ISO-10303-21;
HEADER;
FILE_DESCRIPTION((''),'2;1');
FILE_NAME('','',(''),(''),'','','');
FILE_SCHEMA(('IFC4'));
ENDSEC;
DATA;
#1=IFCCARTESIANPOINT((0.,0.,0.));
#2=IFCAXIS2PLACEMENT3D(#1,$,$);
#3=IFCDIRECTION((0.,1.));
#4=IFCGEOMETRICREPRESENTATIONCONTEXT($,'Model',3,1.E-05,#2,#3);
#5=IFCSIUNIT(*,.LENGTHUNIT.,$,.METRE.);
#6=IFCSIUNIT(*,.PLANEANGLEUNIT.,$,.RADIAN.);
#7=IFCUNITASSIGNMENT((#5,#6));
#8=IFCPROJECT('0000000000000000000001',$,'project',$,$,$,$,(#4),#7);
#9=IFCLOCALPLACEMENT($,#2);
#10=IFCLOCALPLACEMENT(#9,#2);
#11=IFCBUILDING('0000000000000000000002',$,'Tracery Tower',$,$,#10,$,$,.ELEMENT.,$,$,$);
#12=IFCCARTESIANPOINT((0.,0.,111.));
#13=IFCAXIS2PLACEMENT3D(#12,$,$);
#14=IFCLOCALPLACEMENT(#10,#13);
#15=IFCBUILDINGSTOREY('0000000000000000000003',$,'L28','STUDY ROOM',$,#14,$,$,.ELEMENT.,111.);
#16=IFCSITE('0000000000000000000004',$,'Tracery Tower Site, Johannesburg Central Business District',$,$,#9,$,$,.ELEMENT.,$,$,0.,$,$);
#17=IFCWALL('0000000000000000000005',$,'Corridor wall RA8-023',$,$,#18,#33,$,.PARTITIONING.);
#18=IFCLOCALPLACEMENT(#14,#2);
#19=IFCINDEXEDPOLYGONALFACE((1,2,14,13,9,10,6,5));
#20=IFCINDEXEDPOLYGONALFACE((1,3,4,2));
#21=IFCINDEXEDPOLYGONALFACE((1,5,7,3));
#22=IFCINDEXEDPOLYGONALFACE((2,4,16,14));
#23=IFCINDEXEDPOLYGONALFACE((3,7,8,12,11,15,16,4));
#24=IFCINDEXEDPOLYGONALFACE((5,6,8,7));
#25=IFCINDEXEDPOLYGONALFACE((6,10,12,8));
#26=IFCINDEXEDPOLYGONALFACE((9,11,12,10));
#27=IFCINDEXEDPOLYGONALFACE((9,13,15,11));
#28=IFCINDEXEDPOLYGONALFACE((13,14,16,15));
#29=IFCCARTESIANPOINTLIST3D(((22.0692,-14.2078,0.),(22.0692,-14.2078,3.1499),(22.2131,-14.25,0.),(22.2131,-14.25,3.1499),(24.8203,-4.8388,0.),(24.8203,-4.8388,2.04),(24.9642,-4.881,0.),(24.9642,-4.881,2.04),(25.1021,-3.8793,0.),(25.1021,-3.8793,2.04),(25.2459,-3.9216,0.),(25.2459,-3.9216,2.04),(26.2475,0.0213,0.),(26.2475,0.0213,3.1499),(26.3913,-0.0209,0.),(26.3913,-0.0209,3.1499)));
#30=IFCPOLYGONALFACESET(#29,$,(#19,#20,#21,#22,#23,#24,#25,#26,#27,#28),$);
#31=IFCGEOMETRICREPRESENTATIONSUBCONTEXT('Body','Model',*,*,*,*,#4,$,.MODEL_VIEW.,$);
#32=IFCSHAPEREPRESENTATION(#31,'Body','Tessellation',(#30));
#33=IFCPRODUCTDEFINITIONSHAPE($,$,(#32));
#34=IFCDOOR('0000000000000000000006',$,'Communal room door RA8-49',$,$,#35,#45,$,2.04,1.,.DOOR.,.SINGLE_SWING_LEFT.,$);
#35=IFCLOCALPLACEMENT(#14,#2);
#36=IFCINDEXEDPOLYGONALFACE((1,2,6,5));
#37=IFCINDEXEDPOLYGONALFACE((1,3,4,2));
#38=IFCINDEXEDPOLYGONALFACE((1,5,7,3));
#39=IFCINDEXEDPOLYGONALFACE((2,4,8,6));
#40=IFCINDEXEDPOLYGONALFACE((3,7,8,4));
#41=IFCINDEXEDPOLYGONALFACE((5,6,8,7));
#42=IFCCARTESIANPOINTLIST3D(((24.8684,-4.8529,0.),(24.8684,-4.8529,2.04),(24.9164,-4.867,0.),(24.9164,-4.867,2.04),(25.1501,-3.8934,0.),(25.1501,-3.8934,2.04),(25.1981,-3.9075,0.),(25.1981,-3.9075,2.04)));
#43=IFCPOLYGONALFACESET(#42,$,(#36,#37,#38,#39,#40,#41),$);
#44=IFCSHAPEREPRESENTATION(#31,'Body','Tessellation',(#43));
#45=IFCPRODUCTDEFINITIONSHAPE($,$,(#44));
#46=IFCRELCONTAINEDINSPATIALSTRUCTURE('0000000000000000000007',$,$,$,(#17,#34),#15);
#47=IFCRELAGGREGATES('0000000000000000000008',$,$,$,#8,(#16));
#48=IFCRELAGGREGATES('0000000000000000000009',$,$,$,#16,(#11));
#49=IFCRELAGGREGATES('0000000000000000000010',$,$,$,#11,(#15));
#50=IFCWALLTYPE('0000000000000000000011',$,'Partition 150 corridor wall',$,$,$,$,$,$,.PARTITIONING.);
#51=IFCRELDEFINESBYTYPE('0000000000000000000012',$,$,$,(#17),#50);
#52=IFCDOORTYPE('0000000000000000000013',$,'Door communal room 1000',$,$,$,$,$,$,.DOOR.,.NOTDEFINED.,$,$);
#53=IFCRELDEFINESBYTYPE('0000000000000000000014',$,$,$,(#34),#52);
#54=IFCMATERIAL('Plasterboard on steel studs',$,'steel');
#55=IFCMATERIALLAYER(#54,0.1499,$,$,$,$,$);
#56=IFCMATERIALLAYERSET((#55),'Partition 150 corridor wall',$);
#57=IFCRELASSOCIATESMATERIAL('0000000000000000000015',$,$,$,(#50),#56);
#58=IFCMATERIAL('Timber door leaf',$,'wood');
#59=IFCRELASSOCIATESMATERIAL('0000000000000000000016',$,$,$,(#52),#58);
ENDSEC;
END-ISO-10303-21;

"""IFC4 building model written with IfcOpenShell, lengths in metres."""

from ifc_helpers import new_model, si_unit, direction, frame, frame_2d, origin, place, context, subcontext, project, spatial, rectangle, extrude, material, layer, layer_set, type_object, element, fill, save


model = new_model("IFC4")

# Units and contexts
model_context = context("Model", 3, precision=1e-05, world=origin(), true_north=direction((0.0, 1.0)))
body_context = subcontext(model_context, "Body", "Model", "MODEL_VIEW")
ifc_project = project(units=[si_unit("LENGTHUNIT", "METRE"), si_unit("PLANEANGLEUNIT", "RADIAN")], contexts=[model_context])

# Site, building, storey
site_placement = place(None, origin())
site = spatial("IfcSite", under=ifc_project, at=site_placement, Name="Tracery Tower Site, Johannesburg Central Business District", CompositionType="ELEMENT", RefElevation=0.0)
building_placement = place(site_placement, origin())
building = spatial("IfcBuilding", under=site, at=building_placement, Name="Tracery Tower", CompositionType="ELEMENT")
storey_placement = place(building_placement, frame((0.0, 0.0, 111.0)))
storey = spatial("IfcBuildingStorey", under=building, at=storey_placement, Name="L28", Description="STUDY ROOM", CompositionType="ELEMENT", Elevation=111.0)

# Shared definitions
ifc_material_1 = material(Name="Plasterboard on steel studs", Category="steel")
ifc_layer_1 = layer(ifc_material_1, 0.1499)
ifc_layer_set_1 = layer_set([ifc_layer_1], Name="Partition 150 corridor wall")
wall_type_1 = type_object("IfcWallType", Name="Partition 150 corridor wall", PredefinedType="PARTITIONING", material=ifc_layer_set_1)

# Wall, opening, door
wall_1_placement = place(storey_placement, frame((22.1411, -14.229, 0.0), z_axis=(0.0, 0.0, 1.0), x_axis=(0.281746, 0.959489, 0.0)))
wall_1 = element("IfcWall", 1, at=wall_1_placement, inside=storey, type_object=wall_type_1, Name="Corridor wall RA8-023", PredefinedType="PARTITIONING", context=body_context, shape_type="SweptSolid", body=[
    extrude(rectangle(XDim=14.8298, YDim=0.1499, at=frame_2d((7.415, 0.0))), origin(), (0.0, 0.0, 1.0), 3.1499),
])
opening_1_placement = place(wall_1_placement, frame((9.7646, 0.0, 0.0)))
opening_1 = element("IfcOpeningElement", 2, at=opening_1_placement, cuts=wall_1, PredefinedType="OPENING", context=body_context, shape_type="SweptSolid", body=[
    extrude(rectangle(XDim=1.0, YDim=2.04, at=frame_2d((0.5, 1.02))), frame((0.0, 0.075, 0.0), z_axis=(0.0, -1.0, 0.0), x_axis=(1.0, 0.0, 0.0)), (0.0, 0.0, 1.0), 0.1499),
])
ifc_material_2 = material(Name="Timber door leaf", Category="wood")
door_type = type_object("IfcDoorType", Name="Door communal room 1000", OperationType="NOTDEFINED", PredefinedType="DOOR", material=ifc_material_2)
door_placement = place(opening_1_placement, origin())
door = element("IfcDoor", 3, at=door_placement, inside=storey, type_object=door_type, Name="Communal room door RA8-49", OperationType="SINGLE_SWING_LEFT", OverallHeight=2.04, OverallWidth=1.0, PredefinedType="DOOR", context=body_context, shape_type="SweptSolid", body=[
    extrude(rectangle(XDim=1.0, YDim=2.04, at=frame_2d((0.5, 1.02))), frame((0.0, 0.0249, 0.0), z_axis=(0.0, -1.0, 0.0), x_axis=(1.0, 0.0, 0.0)), (0.0, 0.0, 1.0), 0.05),
])
fill(opening_1, door)

save(model, "model.ifc")
